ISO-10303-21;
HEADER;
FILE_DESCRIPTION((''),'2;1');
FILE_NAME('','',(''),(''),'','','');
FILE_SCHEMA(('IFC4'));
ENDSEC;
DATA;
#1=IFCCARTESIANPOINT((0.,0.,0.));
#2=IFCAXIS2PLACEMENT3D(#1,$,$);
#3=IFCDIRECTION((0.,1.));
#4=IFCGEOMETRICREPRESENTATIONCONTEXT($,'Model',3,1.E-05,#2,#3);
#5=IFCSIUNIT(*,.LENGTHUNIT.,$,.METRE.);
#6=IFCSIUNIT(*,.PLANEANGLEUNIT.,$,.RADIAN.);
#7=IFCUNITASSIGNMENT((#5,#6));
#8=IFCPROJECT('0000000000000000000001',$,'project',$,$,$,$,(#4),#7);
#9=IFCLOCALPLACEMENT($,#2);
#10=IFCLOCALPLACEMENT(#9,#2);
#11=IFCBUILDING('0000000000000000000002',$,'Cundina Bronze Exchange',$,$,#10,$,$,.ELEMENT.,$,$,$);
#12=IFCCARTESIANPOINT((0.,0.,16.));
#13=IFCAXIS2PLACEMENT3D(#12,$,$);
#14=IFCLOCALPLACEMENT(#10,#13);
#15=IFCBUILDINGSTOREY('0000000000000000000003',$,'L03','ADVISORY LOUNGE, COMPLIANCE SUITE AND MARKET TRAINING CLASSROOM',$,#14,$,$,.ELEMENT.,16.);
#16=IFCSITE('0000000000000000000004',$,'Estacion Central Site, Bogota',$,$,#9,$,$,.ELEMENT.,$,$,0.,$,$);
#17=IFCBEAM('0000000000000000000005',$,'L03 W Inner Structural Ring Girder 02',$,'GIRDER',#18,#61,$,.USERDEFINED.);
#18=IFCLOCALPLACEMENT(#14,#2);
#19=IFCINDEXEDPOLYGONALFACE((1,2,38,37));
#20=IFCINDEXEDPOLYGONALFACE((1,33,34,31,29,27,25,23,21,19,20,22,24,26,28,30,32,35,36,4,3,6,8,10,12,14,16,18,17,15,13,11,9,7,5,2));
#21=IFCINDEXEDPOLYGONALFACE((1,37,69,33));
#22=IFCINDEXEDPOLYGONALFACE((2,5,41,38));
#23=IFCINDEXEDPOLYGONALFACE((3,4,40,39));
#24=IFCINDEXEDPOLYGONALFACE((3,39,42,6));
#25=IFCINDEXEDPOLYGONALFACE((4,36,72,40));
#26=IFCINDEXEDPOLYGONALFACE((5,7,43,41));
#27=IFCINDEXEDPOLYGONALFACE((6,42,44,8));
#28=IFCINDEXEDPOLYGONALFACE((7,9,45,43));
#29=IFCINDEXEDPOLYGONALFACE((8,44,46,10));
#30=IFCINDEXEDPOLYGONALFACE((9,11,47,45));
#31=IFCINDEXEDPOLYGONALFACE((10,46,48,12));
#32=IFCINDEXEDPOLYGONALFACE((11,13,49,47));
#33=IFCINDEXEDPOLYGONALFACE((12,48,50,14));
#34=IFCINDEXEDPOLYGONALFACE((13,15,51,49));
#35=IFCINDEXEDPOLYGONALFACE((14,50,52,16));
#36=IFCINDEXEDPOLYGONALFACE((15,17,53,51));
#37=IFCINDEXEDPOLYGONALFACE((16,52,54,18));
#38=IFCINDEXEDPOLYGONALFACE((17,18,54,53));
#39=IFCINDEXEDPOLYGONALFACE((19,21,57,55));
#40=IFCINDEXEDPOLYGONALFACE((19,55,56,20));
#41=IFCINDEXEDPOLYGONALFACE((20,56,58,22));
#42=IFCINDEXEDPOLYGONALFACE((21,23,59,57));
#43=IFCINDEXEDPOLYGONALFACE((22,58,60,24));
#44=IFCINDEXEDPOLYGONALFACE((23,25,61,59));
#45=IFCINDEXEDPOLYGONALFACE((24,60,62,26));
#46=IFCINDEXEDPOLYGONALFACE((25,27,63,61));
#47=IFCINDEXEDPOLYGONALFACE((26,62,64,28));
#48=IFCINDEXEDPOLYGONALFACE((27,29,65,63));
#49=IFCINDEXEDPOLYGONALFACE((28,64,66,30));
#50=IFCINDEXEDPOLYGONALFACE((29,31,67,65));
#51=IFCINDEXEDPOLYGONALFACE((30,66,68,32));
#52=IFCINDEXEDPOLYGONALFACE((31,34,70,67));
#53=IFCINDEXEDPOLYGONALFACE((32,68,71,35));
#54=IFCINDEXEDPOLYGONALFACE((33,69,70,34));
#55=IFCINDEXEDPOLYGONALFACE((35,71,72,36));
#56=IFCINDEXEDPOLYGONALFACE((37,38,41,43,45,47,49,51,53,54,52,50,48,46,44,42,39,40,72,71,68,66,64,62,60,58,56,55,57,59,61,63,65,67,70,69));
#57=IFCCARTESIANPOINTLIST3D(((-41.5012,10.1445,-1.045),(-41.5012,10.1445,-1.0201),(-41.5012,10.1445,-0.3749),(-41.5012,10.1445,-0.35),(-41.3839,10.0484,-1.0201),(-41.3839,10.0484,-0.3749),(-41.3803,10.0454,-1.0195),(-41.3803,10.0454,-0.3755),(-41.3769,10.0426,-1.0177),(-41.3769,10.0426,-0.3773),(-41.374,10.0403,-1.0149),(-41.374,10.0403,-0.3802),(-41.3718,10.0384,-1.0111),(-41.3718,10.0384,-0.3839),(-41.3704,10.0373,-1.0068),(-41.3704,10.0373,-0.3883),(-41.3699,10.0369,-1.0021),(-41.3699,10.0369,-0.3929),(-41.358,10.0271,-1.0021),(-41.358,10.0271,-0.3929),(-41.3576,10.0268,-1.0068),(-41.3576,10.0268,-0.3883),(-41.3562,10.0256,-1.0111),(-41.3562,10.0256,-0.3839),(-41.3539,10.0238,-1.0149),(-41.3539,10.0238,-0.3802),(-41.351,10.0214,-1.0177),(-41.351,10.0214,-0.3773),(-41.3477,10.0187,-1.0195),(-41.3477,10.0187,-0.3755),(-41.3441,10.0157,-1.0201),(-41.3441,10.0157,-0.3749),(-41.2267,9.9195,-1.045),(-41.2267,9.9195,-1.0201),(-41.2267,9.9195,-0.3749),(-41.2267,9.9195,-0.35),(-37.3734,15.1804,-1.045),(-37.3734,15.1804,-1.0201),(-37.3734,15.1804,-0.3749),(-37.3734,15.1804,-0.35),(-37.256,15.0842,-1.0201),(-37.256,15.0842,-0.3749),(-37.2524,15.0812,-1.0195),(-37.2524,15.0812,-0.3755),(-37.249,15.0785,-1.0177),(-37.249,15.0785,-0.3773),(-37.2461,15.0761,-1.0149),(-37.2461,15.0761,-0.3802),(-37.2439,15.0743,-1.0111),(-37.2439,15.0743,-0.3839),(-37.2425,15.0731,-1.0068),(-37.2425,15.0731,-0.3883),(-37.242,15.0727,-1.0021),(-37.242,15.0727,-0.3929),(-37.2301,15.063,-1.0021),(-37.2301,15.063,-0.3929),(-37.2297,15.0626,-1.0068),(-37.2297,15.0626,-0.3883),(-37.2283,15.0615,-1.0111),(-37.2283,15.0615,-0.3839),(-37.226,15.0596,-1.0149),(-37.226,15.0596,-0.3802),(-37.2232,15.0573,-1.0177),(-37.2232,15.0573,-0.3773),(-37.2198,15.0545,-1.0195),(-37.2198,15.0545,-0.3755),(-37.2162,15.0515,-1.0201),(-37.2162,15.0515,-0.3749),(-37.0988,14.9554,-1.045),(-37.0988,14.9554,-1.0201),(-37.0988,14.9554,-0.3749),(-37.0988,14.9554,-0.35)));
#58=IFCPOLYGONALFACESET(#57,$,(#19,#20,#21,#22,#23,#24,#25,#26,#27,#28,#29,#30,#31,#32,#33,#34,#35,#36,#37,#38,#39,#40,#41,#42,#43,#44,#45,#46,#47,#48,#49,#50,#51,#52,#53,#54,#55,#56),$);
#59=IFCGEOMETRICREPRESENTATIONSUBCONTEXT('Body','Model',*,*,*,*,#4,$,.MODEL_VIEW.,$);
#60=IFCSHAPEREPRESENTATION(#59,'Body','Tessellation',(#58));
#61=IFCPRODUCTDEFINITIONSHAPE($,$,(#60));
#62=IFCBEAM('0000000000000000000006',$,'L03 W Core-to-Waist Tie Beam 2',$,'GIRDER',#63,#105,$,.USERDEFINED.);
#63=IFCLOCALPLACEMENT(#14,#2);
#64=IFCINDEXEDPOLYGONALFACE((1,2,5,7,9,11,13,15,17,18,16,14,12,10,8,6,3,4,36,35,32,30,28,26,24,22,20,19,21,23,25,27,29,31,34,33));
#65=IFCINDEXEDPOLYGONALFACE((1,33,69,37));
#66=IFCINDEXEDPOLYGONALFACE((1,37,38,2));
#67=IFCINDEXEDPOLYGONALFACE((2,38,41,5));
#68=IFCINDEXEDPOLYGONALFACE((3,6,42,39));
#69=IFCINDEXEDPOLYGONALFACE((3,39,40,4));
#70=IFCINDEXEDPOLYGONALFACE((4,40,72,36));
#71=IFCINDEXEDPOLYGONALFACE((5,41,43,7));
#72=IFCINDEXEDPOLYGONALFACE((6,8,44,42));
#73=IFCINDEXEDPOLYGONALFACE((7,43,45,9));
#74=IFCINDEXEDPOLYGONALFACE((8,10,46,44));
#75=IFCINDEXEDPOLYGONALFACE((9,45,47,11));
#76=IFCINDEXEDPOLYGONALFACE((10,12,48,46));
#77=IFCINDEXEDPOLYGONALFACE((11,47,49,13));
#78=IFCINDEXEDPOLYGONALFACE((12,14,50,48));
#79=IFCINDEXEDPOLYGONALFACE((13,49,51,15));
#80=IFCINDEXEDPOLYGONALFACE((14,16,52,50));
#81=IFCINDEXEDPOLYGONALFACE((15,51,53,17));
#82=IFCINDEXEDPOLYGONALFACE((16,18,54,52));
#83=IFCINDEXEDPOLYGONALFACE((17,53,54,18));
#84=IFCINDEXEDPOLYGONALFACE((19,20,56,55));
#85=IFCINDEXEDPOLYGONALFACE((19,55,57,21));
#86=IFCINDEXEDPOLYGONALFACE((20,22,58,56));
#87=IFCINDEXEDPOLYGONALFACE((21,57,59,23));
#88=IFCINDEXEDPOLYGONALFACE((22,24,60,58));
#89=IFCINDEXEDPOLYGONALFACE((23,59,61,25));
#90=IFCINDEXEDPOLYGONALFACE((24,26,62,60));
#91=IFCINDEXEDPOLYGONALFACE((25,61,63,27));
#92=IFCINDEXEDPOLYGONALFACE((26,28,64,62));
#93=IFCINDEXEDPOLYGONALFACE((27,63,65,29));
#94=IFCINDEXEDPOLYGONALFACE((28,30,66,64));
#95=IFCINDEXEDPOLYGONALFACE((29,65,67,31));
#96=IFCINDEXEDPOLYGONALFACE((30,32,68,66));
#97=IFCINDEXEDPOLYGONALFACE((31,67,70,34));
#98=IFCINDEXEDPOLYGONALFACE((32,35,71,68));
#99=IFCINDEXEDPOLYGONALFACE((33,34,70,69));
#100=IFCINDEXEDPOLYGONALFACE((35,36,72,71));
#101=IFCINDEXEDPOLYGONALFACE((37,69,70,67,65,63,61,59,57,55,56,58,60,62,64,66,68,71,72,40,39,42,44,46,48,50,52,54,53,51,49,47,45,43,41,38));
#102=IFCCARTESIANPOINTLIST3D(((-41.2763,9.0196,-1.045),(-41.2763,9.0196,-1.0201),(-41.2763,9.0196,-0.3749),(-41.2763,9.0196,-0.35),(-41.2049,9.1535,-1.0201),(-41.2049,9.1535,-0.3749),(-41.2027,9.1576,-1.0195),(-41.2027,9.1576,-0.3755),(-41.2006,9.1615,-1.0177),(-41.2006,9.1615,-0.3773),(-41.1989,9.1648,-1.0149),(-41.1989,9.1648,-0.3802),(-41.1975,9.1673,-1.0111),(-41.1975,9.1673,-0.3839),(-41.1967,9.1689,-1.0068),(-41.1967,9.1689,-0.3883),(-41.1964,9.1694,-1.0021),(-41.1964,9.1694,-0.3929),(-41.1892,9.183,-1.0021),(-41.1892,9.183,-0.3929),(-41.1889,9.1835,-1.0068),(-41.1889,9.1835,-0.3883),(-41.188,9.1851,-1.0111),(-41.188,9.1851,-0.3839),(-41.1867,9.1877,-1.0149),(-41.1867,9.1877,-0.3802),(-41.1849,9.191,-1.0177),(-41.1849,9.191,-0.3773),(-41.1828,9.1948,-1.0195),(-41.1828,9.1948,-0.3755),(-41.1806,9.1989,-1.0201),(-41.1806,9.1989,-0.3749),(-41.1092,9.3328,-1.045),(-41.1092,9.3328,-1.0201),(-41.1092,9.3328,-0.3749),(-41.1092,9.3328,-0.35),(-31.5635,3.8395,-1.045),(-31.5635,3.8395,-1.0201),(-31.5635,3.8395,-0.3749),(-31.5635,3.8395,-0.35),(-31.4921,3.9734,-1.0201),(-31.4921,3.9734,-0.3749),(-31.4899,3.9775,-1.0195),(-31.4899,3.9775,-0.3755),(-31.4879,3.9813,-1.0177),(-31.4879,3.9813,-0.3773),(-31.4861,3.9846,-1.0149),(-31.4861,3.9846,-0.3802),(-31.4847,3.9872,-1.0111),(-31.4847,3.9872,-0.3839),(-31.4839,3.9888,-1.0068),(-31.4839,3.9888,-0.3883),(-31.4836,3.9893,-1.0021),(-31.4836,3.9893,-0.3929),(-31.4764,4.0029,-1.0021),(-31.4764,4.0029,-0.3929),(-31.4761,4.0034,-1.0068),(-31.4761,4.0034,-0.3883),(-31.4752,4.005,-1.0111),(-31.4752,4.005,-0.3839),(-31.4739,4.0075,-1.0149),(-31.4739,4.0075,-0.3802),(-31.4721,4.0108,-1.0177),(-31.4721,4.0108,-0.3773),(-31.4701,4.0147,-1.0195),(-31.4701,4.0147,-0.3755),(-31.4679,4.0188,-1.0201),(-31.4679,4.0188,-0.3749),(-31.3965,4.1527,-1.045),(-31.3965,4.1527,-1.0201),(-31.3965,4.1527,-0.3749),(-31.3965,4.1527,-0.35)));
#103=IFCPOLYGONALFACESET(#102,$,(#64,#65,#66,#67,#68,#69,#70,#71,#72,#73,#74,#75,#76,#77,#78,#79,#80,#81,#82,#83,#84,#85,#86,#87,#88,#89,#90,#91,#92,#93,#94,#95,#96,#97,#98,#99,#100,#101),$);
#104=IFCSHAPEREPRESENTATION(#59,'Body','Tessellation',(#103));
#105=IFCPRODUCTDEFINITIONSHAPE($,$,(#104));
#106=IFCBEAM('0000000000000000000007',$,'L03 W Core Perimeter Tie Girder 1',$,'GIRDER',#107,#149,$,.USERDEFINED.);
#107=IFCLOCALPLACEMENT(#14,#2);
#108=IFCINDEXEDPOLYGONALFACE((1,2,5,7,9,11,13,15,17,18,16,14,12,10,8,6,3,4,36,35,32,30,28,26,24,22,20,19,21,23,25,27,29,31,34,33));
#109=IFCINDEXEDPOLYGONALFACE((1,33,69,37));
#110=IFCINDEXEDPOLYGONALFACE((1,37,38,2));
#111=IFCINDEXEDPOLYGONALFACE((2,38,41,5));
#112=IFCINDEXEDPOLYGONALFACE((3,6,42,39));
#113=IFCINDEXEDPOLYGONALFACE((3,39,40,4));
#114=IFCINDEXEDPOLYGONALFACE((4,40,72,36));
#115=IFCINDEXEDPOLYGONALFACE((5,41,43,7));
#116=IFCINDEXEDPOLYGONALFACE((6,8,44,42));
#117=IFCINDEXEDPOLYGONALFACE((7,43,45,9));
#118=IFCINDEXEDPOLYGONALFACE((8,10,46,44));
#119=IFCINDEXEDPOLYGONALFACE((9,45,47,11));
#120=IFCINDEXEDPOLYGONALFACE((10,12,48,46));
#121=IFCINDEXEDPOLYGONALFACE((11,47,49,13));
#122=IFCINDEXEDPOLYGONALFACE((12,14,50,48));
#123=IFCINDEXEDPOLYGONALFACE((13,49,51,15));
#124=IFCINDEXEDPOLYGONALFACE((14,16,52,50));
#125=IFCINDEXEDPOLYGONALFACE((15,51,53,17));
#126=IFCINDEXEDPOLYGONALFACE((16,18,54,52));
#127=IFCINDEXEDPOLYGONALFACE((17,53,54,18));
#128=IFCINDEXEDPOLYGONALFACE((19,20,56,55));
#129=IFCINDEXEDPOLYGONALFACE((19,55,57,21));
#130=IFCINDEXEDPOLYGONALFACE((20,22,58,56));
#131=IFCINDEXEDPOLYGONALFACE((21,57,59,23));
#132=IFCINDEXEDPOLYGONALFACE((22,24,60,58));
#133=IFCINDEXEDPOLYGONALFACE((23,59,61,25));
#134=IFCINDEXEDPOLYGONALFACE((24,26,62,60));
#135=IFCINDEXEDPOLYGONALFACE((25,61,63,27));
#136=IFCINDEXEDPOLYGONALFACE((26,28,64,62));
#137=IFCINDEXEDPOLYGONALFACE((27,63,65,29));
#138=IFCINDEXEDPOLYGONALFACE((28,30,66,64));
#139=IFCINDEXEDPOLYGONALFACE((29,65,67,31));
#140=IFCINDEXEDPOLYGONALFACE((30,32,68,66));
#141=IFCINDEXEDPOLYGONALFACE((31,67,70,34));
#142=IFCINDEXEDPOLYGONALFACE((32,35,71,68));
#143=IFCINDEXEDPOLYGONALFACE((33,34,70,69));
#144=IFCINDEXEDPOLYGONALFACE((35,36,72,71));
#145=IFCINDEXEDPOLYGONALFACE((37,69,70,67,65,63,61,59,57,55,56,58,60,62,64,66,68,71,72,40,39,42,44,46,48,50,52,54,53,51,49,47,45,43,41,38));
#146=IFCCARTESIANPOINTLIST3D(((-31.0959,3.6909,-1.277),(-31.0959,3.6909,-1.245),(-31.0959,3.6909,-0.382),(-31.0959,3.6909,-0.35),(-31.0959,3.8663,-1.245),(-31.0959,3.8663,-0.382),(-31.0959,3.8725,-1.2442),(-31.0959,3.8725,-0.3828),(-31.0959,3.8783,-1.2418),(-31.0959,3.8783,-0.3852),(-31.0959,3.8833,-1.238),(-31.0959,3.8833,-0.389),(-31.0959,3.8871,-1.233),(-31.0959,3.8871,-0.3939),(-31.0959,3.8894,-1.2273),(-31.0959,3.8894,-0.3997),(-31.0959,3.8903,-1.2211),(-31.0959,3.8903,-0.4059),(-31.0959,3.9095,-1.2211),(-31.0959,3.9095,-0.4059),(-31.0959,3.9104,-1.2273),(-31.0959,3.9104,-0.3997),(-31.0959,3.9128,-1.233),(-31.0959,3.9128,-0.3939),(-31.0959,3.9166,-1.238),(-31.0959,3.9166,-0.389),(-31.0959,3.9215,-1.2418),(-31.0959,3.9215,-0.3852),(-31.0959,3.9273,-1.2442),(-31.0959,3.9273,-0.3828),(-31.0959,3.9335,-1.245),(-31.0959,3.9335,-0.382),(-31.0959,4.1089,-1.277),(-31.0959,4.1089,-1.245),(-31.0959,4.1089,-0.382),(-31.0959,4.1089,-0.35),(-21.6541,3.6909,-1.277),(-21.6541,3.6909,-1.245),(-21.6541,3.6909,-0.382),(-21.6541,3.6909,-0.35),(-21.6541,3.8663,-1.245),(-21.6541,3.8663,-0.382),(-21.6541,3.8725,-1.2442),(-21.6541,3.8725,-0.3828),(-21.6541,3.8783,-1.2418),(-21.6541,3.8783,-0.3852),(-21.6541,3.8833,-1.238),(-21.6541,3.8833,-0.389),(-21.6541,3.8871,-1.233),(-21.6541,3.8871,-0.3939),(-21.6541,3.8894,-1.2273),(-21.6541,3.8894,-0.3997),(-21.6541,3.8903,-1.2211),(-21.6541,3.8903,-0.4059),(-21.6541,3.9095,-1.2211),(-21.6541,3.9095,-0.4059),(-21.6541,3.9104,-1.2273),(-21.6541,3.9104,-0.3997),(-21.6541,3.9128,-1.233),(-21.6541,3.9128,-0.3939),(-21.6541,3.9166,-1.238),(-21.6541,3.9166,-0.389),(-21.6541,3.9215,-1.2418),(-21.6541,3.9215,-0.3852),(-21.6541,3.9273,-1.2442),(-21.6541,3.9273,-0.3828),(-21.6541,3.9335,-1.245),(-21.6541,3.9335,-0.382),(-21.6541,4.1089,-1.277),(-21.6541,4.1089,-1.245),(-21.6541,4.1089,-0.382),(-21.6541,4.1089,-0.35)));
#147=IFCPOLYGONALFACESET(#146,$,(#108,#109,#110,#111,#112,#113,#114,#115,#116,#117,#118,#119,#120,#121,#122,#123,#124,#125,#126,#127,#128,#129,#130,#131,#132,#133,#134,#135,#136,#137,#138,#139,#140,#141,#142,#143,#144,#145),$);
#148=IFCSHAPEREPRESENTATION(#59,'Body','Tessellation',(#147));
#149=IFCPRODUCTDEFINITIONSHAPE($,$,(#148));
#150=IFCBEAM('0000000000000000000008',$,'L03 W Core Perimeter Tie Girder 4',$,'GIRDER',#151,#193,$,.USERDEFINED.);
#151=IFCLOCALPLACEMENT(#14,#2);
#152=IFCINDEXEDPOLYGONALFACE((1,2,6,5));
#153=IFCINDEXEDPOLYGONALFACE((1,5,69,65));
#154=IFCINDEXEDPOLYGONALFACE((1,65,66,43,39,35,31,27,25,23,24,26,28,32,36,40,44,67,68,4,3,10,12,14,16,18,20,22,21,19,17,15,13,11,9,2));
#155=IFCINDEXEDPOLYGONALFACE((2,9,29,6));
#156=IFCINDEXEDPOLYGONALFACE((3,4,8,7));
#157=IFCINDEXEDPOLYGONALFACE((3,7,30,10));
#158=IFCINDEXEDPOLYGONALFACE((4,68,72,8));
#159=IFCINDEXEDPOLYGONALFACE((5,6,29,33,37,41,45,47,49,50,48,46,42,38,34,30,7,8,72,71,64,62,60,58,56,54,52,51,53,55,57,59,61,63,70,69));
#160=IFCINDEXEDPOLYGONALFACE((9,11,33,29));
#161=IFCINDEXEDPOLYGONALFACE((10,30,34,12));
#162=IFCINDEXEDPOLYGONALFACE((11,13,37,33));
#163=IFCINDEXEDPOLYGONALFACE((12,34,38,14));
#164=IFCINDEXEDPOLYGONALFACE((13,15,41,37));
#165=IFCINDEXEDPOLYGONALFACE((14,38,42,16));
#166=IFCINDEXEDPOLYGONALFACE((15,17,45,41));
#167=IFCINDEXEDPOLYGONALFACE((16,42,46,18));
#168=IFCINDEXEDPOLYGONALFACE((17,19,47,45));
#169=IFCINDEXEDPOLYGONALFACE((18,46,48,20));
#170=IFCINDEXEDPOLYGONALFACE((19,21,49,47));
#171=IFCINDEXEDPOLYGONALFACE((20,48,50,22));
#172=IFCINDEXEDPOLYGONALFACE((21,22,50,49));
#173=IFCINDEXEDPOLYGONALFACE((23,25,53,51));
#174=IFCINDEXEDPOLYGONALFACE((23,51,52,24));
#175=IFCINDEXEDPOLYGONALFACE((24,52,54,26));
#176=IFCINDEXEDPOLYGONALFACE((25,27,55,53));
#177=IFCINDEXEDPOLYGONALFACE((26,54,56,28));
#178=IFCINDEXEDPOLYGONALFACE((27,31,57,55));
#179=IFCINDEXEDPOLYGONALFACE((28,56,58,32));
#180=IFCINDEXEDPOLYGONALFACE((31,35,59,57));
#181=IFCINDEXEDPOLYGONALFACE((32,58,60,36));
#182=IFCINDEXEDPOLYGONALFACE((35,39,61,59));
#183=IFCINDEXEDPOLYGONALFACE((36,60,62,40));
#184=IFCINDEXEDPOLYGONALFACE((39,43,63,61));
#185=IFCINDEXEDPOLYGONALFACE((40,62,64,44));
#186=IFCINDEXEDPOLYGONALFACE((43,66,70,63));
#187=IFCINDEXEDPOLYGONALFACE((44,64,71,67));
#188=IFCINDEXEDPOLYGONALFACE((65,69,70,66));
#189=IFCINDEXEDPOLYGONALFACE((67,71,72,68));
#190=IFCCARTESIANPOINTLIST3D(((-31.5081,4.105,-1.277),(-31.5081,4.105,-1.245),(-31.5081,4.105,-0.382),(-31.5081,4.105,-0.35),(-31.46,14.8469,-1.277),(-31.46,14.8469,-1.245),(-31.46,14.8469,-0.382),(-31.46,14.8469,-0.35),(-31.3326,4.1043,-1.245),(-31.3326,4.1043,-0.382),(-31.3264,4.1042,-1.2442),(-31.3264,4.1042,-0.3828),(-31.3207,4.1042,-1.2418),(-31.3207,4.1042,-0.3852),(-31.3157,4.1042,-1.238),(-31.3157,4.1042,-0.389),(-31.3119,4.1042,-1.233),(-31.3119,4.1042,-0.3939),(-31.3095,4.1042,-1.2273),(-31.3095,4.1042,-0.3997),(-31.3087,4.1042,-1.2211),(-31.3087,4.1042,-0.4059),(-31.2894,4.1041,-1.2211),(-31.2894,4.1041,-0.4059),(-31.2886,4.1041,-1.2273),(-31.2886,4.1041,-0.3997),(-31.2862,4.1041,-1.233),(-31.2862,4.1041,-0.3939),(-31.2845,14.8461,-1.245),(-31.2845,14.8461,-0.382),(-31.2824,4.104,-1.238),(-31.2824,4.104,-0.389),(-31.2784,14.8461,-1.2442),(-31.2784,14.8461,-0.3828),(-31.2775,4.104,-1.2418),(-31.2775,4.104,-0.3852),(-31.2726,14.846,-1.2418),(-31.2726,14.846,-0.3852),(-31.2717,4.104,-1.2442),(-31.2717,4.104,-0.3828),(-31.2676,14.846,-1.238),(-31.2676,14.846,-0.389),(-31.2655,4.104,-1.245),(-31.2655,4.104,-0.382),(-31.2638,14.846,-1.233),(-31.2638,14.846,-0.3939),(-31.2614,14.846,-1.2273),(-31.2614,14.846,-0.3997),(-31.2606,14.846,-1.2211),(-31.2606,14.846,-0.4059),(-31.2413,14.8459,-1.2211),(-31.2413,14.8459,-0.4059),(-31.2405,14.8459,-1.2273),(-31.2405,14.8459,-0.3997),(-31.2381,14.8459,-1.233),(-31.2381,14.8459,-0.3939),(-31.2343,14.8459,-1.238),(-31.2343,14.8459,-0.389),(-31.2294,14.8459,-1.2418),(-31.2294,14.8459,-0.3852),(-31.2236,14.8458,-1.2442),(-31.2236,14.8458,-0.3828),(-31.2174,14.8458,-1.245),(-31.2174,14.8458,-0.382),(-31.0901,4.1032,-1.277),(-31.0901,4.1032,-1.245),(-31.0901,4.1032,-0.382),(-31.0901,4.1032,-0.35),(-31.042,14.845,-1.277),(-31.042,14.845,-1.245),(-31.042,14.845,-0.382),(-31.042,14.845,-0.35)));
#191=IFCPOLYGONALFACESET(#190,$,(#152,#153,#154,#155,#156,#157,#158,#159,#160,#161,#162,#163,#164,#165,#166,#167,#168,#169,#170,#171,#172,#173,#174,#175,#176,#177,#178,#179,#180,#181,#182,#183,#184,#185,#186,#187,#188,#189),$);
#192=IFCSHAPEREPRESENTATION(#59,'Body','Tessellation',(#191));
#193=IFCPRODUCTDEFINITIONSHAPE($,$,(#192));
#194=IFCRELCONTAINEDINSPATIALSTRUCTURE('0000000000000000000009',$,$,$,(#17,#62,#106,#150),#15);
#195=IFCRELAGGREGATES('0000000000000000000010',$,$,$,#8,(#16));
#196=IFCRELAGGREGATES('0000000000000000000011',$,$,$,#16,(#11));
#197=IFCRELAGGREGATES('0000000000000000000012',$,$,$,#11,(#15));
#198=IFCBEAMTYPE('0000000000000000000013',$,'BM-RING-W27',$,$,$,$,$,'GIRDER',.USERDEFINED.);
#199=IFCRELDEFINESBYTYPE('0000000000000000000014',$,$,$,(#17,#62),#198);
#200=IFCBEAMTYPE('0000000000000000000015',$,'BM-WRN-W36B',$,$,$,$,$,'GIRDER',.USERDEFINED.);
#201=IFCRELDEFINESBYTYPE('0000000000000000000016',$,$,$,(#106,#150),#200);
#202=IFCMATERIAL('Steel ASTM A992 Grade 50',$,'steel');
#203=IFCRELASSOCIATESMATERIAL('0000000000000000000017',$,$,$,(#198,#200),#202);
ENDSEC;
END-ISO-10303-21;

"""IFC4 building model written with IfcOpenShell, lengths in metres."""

from ifc_helpers import new_model, si_unit, direction, frame, origin, origin_2d, place, context, subcontext, project, spatial, i_section, extrude, material, material_profile, profile_set, type_object, element, save


model = new_model("IFC4")

# Units and contexts
model_context = context("Model", 3, precision=1e-05, world=origin(), true_north=direction((0.0, 1.0)))
body_context = subcontext(model_context, "Body", "Model", "MODEL_VIEW")
ifc_project = project(units=[si_unit("LENGTHUNIT", "METRE"), si_unit("PLANEANGLEUNIT", "RADIAN")], contexts=[model_context])

# Site, building, storey
site_placement = place(None, origin())
site = spatial("IfcSite", under=ifc_project, at=site_placement, Name="Estacion Central Site, Bogota", CompositionType="ELEMENT", RefElevation=0.0)
building_placement = place(site_placement, origin())
building = spatial("IfcBuilding", under=site, at=building_placement, Name="Cundina Bronze Exchange", CompositionType="ELEMENT")
storey_placement = place(building_placement, frame((0.0, 0.0, 16.0)))
storey = spatial("IfcBuildingStorey", under=building, at=storey_placement, Name="L03", Description="ADVISORY LOUNGE, COMPLIANCE SUITE AND MARKET TRAINING CLASSROOM", CompositionType="ELEMENT", Elevation=16.0)

# Shared definitions
ifc_material_1 = material(Name="Steel ASTM A992 Grade 50", Category="steel")

# Beams
ifc_material_profile_1 = material_profile(ifc_material_1, i_section(OverallWidth=0.355, OverallDepth=0.6951, WebThickness=0.0154, FlangeThickness=0.0249, FilletRadius=0.0181, at=origin_2d()), Name="W27X146", Category="steel")
ifc_profile_set_1 = profile_set([ifc_material_profile_1], Name="Steel ASTM A992 Grade 50")
beam_type_1 = type_object("IfcBeamType", Name="BM-RING-W27", ElementType="GIRDER", PredefinedType="USERDEFINED", material=ifc_profile_set_1)
beam_1_placement = place(storey_placement, frame((-37.2361, 15.0679, -0.6975), z_axis=(-0.633942, -0.773381, 0.0), x_axis=(0.773381, -0.633942, 0.0)))
element("IfcBeam", 1, at=beam_1_placement, inside=storey, type_object=beam_type_1, Name="L03 W Inner Structural Ring Girder 02", ObjectType="GIRDER", PredefinedType="USERDEFINED", context=body_context, shape_type="SweptSolid", body=[
    extrude(i_section(OverallWidth=0.355, OverallDepth=0.6951, WebThickness=0.0154, FlangeThickness=0.0249, FilletRadius=0.0181, at=origin_2d()), origin(), (0.0, 0.0, 1.0), 6.5115),
])
beam_2_placement = place(storey_placement, frame((-31.48, 3.9961, -0.6975), z_axis=(-0.882354, 0.470586, 0.0), x_axis=(-0.470586, -0.882354, 0.0)))
element("IfcBeam", 2, at=beam_2_placement, inside=storey, type_object=beam_type_1, Name="L03 W Core-to-Waist Tie Beam 2", ObjectType="GIRDER", PredefinedType="USERDEFINED", context=body_context, shape_type="SweptSolid", body=[
    extrude(i_section(OverallWidth=0.355, OverallDepth=0.6951, WebThickness=0.0154, FlangeThickness=0.0249, FilletRadius=0.0181, at=origin_2d()), origin(), (0.0, 0.0, 1.0), 11.0078),
])
ifc_material_profile_2 = material_profile(ifc_material_1, i_section(OverallWidth=0.418, OverallDepth=0.927, WebThickness=0.0193, FlangeThickness=0.032, FilletRadius=0.0239, at=origin_2d()), Name="W36X231", Category="steel")
ifc_profile_set_2 = profile_set([ifc_material_profile_2], Name="Steel ASTM A992 Grade 50")
beam_type_2 = type_object("IfcBeamType", Name="BM-WRN-W36B", ElementType="GIRDER", PredefinedType="USERDEFINED", material=ifc_profile_set_2)
beam_3_placement = place(storey_placement, frame((-31.0959, 3.8999, -0.8135), z_axis=(1.0, 0.0, 0.0), x_axis=(0.0, 1.0, 0.0)))
element("IfcBeam", 3, at=beam_3_placement, inside=storey, type_object=beam_type_2, Name="L03 W Core Perimeter Tie Girder 1", ObjectType="GIRDER", PredefinedType="USERDEFINED", context=body_context, shape_type="SweptSolid", body=[
    extrude(i_section(OverallWidth=0.418, OverallDepth=0.927, WebThickness=0.0193, FlangeThickness=0.032, FilletRadius=0.0239, at=origin_2d()), origin(), (0.0, 0.0, 1.0), 9.4419),
])
beam_4_placement = place(storey_placement, frame((-31.251, 14.8459, -0.8135), z_axis=(-0.004477, -0.99999, 0.0), x_axis=(0.99999, -0.004477, 0.0)))
element("IfcBeam", 4, at=beam_4_placement, inside=storey, type_object=beam_type_2, Name="L03 W Core Perimeter Tie Girder 4", ObjectType="GIRDER", PredefinedType="USERDEFINED", context=body_context, shape_type="SweptSolid", body=[
    extrude(i_section(OverallWidth=0.418, OverallDepth=0.927, WebThickness=0.0193, FlangeThickness=0.032, FilletRadius=0.0239, at=origin_2d()), origin(), (0.0, 0.0, 1.0), 10.7419),
])

save(model, "model.ifc")
